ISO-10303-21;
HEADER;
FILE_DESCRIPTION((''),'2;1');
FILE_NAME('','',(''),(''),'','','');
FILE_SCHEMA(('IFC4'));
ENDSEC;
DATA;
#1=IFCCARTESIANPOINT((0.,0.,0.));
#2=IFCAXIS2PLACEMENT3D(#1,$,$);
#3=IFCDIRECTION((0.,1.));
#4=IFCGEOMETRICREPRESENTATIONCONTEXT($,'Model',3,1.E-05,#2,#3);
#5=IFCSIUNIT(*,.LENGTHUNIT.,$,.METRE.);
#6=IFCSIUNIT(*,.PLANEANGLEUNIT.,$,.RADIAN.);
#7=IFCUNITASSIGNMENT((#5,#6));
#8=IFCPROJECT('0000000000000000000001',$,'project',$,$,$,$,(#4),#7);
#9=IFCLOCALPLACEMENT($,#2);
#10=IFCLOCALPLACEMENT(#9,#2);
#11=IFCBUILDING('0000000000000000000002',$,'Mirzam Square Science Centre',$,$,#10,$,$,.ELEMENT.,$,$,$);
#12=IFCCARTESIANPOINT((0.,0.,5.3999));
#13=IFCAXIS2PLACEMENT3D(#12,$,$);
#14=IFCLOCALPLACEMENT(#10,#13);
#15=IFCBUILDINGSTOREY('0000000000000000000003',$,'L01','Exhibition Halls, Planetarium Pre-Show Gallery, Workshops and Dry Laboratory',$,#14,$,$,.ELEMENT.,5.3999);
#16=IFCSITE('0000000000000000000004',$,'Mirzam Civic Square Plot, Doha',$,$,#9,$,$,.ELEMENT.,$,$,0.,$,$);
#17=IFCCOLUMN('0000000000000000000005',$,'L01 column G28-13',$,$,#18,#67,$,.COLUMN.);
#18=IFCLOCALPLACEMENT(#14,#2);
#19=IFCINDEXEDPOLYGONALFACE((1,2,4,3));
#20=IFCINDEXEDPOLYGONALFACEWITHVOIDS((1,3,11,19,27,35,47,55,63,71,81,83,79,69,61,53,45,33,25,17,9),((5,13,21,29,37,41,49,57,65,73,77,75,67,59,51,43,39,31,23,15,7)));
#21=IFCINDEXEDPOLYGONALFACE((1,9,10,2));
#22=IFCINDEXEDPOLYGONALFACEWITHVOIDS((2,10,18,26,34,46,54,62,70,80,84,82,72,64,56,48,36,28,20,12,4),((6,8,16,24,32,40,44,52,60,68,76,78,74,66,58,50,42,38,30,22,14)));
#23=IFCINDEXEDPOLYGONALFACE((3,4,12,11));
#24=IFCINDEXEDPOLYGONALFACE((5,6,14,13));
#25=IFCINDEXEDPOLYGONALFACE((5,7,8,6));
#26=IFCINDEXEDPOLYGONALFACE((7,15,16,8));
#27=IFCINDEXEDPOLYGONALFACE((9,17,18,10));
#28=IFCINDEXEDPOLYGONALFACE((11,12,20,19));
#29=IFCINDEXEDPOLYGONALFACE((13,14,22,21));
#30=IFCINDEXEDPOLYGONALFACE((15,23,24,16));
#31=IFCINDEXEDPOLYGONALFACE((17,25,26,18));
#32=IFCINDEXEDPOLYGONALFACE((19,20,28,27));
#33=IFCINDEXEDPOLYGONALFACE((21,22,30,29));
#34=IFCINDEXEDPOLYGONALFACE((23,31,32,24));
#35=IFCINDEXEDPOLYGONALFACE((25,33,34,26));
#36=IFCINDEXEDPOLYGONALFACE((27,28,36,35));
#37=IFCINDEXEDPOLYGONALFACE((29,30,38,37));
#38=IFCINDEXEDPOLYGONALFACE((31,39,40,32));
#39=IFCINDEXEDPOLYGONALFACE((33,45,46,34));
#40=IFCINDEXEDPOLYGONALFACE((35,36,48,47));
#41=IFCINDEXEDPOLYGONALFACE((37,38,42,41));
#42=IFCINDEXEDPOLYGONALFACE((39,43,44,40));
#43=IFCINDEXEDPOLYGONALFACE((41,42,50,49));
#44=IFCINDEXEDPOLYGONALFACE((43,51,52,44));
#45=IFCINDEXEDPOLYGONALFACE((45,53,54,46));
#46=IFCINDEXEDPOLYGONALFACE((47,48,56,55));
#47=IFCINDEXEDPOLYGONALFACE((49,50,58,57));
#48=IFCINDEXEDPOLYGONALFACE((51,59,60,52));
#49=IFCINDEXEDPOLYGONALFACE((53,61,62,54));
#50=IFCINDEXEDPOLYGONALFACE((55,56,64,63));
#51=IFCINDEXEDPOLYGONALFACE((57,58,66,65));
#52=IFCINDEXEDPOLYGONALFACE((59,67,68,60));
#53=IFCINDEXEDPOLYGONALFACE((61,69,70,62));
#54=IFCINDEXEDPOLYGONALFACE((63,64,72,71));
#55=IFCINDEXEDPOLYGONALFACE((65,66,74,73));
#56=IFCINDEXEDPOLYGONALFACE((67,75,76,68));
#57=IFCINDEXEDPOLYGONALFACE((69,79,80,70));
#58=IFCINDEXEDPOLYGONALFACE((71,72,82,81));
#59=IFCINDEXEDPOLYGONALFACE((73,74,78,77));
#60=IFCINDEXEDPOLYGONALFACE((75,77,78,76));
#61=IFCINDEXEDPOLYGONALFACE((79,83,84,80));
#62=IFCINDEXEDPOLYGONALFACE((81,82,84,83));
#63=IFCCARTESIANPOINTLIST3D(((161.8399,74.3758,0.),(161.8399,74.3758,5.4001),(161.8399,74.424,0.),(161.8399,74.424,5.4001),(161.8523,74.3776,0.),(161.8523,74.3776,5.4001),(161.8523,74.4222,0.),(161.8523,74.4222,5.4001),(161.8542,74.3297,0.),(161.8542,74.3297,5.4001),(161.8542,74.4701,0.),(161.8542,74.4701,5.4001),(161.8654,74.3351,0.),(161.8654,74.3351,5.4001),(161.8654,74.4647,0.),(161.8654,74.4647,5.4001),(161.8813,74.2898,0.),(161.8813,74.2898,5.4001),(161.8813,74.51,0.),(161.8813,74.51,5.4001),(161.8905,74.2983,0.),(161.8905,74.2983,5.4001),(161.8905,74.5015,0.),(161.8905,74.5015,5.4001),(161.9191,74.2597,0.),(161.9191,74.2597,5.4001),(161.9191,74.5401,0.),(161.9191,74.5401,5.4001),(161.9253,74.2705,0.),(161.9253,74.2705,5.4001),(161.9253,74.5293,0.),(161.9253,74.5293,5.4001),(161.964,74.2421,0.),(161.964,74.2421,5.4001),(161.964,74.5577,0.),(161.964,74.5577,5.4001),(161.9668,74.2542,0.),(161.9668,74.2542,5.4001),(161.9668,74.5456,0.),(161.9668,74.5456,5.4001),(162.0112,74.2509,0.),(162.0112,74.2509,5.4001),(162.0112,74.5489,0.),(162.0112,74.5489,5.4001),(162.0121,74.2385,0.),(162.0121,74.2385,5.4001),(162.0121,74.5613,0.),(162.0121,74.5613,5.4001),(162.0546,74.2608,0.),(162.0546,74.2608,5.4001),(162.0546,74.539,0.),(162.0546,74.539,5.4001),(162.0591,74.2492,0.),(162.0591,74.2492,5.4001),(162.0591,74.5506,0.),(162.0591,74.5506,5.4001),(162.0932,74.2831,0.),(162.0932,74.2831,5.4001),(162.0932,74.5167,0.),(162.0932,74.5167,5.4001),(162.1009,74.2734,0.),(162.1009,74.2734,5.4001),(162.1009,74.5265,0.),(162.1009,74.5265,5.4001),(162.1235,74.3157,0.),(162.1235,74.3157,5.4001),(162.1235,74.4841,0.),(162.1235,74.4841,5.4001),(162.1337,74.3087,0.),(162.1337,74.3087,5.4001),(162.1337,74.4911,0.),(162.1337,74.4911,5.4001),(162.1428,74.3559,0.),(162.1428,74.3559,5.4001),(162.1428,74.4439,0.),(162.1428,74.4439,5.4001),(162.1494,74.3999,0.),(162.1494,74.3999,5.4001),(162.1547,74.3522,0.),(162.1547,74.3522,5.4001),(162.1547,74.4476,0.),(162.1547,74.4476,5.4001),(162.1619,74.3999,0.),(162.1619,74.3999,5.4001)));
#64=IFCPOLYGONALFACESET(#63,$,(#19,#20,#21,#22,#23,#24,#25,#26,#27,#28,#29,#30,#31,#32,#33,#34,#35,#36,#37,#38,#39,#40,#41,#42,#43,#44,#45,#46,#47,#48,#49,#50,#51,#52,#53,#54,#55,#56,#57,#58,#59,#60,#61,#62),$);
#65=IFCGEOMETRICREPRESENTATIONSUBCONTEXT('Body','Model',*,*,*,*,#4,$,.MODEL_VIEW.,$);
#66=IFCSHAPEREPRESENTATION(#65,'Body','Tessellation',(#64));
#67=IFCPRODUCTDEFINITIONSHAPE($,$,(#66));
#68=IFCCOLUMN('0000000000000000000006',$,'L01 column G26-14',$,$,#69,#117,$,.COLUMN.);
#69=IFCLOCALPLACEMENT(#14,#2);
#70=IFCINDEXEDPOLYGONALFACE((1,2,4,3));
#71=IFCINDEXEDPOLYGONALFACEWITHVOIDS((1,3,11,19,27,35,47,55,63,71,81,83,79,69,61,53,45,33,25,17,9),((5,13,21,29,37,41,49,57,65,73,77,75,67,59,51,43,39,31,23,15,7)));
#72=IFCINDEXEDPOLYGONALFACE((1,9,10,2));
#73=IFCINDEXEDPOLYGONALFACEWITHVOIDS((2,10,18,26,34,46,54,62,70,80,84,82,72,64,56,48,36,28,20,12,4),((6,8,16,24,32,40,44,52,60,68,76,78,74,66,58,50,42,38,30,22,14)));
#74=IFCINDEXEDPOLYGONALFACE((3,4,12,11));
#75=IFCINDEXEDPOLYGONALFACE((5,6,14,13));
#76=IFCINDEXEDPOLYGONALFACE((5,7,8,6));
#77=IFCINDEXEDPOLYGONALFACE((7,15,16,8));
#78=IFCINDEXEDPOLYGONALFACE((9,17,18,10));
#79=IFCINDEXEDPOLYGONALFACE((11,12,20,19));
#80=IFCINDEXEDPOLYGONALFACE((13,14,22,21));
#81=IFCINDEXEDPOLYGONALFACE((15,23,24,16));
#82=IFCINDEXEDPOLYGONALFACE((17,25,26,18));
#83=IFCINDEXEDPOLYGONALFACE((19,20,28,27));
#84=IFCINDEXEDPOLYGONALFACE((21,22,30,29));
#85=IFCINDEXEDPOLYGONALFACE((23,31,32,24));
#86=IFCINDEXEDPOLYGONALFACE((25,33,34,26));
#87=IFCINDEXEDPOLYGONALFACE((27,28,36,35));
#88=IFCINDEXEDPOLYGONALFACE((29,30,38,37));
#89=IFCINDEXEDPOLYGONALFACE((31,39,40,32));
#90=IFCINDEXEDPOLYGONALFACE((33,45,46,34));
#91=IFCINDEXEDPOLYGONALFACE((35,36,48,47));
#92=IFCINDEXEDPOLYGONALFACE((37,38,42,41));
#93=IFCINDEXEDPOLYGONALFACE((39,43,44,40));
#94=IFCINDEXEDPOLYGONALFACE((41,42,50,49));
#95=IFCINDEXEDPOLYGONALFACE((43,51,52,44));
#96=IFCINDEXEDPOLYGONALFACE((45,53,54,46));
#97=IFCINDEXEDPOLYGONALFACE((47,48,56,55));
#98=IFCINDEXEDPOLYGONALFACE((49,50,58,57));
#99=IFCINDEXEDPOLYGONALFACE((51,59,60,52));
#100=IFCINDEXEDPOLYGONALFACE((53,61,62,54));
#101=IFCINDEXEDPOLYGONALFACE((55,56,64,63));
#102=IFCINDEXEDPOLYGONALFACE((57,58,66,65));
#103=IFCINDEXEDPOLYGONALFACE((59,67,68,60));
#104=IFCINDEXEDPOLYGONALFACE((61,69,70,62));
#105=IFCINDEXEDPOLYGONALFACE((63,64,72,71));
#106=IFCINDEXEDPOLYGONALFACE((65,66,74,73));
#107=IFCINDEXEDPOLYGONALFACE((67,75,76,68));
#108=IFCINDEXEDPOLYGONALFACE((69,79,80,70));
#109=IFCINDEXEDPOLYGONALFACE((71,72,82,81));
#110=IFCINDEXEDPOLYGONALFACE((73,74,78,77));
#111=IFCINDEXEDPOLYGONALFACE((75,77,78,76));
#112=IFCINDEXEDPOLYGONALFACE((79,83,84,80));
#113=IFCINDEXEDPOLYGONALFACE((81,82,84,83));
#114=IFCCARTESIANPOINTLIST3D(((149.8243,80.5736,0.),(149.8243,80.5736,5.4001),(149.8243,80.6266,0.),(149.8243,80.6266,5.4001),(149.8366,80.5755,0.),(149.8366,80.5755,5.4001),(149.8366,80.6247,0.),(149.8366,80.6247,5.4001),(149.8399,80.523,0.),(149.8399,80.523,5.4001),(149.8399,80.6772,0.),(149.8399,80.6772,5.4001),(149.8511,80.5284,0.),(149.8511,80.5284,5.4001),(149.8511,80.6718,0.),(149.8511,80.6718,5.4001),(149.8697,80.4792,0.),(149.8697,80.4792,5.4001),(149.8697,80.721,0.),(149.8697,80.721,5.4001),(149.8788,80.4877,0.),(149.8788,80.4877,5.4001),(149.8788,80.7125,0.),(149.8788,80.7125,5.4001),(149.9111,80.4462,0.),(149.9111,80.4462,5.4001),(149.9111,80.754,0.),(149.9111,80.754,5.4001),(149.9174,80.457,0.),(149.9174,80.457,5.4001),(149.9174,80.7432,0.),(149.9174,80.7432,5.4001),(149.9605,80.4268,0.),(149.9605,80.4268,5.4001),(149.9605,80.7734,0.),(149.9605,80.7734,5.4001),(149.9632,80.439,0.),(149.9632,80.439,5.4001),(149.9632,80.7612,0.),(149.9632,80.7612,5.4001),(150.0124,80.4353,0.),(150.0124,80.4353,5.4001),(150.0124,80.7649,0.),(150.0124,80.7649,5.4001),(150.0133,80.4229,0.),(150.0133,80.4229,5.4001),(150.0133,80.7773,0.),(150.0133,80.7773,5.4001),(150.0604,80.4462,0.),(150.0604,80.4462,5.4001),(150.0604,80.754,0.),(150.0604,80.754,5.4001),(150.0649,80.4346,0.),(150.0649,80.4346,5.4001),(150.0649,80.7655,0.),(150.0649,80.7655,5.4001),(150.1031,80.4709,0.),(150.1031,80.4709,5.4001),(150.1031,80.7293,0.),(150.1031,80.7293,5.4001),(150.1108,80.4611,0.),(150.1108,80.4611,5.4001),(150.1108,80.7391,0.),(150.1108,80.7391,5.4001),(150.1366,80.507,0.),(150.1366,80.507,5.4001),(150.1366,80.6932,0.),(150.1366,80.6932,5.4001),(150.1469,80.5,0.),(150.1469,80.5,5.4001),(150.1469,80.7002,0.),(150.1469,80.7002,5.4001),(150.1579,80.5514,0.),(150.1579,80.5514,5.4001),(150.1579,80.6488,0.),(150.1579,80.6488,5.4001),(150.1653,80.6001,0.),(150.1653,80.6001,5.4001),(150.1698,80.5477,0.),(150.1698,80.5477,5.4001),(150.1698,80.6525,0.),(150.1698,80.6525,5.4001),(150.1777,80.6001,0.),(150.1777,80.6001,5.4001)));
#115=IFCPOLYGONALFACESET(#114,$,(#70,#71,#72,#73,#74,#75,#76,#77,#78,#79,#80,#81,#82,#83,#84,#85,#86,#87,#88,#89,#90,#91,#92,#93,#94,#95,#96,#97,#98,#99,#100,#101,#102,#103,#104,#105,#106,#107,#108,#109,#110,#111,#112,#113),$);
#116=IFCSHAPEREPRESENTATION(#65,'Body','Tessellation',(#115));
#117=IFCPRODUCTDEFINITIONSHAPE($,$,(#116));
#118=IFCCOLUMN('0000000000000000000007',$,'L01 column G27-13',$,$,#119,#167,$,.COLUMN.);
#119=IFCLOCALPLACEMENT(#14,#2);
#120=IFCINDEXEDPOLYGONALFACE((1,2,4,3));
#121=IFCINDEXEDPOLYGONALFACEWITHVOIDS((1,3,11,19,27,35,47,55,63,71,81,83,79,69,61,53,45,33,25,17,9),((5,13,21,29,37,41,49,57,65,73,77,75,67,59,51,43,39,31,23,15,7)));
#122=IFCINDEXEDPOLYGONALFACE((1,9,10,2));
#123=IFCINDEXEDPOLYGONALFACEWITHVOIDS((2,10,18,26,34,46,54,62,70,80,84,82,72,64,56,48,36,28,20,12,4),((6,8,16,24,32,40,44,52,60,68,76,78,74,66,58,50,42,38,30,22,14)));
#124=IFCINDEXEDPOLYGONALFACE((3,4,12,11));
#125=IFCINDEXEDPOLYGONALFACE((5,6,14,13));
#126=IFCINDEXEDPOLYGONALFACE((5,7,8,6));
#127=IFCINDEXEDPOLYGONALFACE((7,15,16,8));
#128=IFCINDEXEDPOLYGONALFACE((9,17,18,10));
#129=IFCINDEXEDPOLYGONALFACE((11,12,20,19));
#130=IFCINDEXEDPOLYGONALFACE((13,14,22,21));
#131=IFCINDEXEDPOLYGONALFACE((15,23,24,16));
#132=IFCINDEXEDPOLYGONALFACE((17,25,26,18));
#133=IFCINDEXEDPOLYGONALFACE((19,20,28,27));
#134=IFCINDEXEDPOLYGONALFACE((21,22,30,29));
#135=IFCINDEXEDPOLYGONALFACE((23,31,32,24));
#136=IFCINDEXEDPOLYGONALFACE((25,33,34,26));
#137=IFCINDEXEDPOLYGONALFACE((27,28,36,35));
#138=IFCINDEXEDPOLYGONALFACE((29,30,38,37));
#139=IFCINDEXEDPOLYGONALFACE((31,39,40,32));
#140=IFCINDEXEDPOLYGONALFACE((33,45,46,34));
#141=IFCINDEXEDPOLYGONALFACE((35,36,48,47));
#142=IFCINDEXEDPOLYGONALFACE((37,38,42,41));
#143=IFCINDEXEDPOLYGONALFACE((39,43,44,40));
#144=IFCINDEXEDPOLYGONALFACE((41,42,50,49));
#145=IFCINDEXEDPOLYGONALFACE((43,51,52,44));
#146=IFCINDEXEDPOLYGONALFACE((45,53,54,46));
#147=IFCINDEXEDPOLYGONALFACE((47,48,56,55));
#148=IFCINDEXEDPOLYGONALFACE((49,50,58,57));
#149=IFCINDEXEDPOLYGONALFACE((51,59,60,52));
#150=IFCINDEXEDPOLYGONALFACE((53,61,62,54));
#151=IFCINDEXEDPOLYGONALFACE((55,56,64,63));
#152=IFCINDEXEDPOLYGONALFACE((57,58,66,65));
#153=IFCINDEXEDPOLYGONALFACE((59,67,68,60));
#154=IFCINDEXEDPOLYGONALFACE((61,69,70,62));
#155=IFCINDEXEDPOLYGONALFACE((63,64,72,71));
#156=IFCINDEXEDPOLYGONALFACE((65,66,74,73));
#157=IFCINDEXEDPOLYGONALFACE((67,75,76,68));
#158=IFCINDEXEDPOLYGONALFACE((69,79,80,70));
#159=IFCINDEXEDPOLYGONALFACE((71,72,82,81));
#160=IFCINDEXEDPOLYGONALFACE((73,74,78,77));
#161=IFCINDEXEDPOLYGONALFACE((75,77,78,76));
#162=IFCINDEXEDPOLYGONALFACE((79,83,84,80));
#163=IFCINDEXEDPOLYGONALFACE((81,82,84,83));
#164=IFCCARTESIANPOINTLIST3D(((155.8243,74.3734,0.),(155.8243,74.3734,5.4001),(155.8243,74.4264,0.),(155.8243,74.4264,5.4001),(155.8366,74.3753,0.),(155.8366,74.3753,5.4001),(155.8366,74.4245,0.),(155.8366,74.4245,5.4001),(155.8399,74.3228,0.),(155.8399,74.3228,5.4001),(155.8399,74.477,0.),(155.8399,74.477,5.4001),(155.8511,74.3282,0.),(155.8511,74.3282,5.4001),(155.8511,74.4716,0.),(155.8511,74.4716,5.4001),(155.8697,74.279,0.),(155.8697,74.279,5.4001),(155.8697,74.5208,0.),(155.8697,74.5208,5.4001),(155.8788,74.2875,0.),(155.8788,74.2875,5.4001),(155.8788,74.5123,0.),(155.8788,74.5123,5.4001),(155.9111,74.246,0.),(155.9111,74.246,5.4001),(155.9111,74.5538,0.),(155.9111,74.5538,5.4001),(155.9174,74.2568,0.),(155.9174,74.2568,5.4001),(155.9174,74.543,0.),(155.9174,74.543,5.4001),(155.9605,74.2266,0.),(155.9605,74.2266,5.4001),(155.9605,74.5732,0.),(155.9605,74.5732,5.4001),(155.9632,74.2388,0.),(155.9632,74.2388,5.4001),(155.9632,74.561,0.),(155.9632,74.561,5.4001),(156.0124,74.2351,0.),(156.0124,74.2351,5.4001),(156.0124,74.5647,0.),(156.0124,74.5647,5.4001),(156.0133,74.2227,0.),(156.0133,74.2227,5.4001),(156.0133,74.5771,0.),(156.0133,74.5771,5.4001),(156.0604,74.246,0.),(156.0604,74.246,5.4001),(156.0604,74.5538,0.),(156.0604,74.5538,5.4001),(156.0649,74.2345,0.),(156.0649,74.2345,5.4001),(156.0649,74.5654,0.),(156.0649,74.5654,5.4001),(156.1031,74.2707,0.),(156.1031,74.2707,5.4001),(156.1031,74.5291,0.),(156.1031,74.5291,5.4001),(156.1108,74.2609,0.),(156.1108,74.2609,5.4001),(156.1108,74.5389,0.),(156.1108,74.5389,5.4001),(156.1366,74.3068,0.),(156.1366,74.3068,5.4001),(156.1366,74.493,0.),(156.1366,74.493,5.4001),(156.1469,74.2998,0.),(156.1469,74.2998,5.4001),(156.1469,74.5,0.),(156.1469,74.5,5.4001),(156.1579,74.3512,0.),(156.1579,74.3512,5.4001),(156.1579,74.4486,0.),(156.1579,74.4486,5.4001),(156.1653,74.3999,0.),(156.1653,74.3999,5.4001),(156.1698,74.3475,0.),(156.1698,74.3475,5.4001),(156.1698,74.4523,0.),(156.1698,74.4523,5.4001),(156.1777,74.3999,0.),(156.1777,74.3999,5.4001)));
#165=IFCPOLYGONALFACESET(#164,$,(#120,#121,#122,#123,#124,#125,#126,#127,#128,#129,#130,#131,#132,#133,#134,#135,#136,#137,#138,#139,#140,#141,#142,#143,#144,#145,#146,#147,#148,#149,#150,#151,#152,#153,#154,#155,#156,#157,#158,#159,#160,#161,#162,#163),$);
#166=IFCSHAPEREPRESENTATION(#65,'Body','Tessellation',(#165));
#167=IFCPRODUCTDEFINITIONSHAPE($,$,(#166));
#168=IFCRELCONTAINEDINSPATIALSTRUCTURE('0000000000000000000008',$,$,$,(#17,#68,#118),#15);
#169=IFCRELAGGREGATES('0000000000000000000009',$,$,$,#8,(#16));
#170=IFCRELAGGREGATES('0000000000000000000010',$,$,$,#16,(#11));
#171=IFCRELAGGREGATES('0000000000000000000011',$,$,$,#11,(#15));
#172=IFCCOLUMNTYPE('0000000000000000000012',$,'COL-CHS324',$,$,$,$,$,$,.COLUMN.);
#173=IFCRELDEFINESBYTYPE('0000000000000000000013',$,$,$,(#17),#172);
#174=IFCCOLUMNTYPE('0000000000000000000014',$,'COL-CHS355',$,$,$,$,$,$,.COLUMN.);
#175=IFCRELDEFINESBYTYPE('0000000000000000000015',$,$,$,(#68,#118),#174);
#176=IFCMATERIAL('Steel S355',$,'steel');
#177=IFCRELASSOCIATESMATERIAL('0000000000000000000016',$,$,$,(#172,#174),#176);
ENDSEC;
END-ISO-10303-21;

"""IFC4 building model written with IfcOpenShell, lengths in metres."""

from ifc_helpers import new_model, si_unit, direction, frame, origin, origin_2d, place, context, subcontext, project, spatial, hollow_circle, extrude, material, material_profile, profile_set, type_object, element, save


model = new_model("IFC4")

# Units and contexts
model_context = context("Model", 3, precision=1e-05, world=origin(), true_north=direction((0.0, 1.0)))
body_context = subcontext(model_context, "Body", "Model", "MODEL_VIEW")
ifc_project = project(units=[si_unit("LENGTHUNIT", "METRE"), si_unit("PLANEANGLEUNIT", "RADIAN")], contexts=[model_context])

# Site, building, storey
site_placement = place(None, origin())
site = spatial("IfcSite", under=ifc_project, at=site_placement, Name="Mirzam Civic Square Plot, Doha", CompositionType="ELEMENT", RefElevation=0.0)
building_placement = place(site_placement, origin())
building = spatial("IfcBuilding", under=site, at=building_placement, Name="Mirzam Square Science Centre", CompositionType="ELEMENT")
storey_placement = place(building_placement, frame((0.0, 0.0, 5.3999)))
storey = spatial("IfcBuildingStorey", under=building, at=storey_placement, Name="L01", Description="Exhibition Halls, Planetarium Pre-Show Gallery, Workshops and Dry Laboratory", CompositionType="ELEMENT", Elevation=5.3999)

# Columns
ifc_material_1 = material(Name="Steel S355", Category="steel")
ifc_material_profile_1 = material_profile(ifc_material_1, hollow_circle(Radius=0.1619, WallThickness=0.0125, at=origin_2d()), Name="323.9x12.5CHS")
ifc_profile_set_1 = profile_set([ifc_material_profile_1], Name="Steel S355")
column_type_1 = type_object("IfcColumnType", Name="COL-CHS324", PredefinedType="COLUMN", material=ifc_profile_set_1)
column_1_placement = place(storey_placement, frame((162.0, 74.3999, 0.0), z_axis=(0.0, 0.0, 1.0), x_axis=(1.0, 0.0, 0.0)))
element("IfcColumn", 1, at=column_1_placement, inside=storey, type_object=column_type_1, Name="L01 column G28-13", PredefinedType="COLUMN", context=body_context, shape_type="SweptSolid", body=[
    extrude(hollow_circle(Radius=0.1619, WallThickness=0.0125, at=origin_2d()), origin(), (0.0, 0.0, 1.0), 5.4001),
])
ifc_material_profile_2 = material_profile(ifc_material_1, hollow_circle(Radius=0.1777, WallThickness=0.0125, at=origin_2d()), Name="355.6x12.5CHS")
ifc_profile_set_2 = profile_set([ifc_material_profile_2], Name="Steel S355")
column_type_2 = type_object("IfcColumnType", Name="COL-CHS355", PredefinedType="COLUMN", material=ifc_profile_set_2)
for number, where, z_axis, x_axis, name in (
    (2, (150.0, 80.6001, 0.0), (0.0, 0.0, 1.0), (1.0, 0.0, 0.0), "L01 column G26-14"),
    (3, (156.0, 74.3999, 0.0), (0.0, 0.0, 1.0), (1.0, 0.0, 0.0), "L01 column G27-13"),
):
    element("IfcColumn", number, at=place(storey_placement, frame(where, z_axis=z_axis, x_axis=x_axis)), inside=storey, type_object=column_type_2, Name=name, PredefinedType="COLUMN", context=body_context, shape_type="SweptSolid", body=[
        extrude(hollow_circle(Radius=0.1777, WallThickness=0.0125, at=origin_2d()), origin(), (0.0, 0.0, 1.0), 5.4001),
    ])

save(model, "model.ifc")
